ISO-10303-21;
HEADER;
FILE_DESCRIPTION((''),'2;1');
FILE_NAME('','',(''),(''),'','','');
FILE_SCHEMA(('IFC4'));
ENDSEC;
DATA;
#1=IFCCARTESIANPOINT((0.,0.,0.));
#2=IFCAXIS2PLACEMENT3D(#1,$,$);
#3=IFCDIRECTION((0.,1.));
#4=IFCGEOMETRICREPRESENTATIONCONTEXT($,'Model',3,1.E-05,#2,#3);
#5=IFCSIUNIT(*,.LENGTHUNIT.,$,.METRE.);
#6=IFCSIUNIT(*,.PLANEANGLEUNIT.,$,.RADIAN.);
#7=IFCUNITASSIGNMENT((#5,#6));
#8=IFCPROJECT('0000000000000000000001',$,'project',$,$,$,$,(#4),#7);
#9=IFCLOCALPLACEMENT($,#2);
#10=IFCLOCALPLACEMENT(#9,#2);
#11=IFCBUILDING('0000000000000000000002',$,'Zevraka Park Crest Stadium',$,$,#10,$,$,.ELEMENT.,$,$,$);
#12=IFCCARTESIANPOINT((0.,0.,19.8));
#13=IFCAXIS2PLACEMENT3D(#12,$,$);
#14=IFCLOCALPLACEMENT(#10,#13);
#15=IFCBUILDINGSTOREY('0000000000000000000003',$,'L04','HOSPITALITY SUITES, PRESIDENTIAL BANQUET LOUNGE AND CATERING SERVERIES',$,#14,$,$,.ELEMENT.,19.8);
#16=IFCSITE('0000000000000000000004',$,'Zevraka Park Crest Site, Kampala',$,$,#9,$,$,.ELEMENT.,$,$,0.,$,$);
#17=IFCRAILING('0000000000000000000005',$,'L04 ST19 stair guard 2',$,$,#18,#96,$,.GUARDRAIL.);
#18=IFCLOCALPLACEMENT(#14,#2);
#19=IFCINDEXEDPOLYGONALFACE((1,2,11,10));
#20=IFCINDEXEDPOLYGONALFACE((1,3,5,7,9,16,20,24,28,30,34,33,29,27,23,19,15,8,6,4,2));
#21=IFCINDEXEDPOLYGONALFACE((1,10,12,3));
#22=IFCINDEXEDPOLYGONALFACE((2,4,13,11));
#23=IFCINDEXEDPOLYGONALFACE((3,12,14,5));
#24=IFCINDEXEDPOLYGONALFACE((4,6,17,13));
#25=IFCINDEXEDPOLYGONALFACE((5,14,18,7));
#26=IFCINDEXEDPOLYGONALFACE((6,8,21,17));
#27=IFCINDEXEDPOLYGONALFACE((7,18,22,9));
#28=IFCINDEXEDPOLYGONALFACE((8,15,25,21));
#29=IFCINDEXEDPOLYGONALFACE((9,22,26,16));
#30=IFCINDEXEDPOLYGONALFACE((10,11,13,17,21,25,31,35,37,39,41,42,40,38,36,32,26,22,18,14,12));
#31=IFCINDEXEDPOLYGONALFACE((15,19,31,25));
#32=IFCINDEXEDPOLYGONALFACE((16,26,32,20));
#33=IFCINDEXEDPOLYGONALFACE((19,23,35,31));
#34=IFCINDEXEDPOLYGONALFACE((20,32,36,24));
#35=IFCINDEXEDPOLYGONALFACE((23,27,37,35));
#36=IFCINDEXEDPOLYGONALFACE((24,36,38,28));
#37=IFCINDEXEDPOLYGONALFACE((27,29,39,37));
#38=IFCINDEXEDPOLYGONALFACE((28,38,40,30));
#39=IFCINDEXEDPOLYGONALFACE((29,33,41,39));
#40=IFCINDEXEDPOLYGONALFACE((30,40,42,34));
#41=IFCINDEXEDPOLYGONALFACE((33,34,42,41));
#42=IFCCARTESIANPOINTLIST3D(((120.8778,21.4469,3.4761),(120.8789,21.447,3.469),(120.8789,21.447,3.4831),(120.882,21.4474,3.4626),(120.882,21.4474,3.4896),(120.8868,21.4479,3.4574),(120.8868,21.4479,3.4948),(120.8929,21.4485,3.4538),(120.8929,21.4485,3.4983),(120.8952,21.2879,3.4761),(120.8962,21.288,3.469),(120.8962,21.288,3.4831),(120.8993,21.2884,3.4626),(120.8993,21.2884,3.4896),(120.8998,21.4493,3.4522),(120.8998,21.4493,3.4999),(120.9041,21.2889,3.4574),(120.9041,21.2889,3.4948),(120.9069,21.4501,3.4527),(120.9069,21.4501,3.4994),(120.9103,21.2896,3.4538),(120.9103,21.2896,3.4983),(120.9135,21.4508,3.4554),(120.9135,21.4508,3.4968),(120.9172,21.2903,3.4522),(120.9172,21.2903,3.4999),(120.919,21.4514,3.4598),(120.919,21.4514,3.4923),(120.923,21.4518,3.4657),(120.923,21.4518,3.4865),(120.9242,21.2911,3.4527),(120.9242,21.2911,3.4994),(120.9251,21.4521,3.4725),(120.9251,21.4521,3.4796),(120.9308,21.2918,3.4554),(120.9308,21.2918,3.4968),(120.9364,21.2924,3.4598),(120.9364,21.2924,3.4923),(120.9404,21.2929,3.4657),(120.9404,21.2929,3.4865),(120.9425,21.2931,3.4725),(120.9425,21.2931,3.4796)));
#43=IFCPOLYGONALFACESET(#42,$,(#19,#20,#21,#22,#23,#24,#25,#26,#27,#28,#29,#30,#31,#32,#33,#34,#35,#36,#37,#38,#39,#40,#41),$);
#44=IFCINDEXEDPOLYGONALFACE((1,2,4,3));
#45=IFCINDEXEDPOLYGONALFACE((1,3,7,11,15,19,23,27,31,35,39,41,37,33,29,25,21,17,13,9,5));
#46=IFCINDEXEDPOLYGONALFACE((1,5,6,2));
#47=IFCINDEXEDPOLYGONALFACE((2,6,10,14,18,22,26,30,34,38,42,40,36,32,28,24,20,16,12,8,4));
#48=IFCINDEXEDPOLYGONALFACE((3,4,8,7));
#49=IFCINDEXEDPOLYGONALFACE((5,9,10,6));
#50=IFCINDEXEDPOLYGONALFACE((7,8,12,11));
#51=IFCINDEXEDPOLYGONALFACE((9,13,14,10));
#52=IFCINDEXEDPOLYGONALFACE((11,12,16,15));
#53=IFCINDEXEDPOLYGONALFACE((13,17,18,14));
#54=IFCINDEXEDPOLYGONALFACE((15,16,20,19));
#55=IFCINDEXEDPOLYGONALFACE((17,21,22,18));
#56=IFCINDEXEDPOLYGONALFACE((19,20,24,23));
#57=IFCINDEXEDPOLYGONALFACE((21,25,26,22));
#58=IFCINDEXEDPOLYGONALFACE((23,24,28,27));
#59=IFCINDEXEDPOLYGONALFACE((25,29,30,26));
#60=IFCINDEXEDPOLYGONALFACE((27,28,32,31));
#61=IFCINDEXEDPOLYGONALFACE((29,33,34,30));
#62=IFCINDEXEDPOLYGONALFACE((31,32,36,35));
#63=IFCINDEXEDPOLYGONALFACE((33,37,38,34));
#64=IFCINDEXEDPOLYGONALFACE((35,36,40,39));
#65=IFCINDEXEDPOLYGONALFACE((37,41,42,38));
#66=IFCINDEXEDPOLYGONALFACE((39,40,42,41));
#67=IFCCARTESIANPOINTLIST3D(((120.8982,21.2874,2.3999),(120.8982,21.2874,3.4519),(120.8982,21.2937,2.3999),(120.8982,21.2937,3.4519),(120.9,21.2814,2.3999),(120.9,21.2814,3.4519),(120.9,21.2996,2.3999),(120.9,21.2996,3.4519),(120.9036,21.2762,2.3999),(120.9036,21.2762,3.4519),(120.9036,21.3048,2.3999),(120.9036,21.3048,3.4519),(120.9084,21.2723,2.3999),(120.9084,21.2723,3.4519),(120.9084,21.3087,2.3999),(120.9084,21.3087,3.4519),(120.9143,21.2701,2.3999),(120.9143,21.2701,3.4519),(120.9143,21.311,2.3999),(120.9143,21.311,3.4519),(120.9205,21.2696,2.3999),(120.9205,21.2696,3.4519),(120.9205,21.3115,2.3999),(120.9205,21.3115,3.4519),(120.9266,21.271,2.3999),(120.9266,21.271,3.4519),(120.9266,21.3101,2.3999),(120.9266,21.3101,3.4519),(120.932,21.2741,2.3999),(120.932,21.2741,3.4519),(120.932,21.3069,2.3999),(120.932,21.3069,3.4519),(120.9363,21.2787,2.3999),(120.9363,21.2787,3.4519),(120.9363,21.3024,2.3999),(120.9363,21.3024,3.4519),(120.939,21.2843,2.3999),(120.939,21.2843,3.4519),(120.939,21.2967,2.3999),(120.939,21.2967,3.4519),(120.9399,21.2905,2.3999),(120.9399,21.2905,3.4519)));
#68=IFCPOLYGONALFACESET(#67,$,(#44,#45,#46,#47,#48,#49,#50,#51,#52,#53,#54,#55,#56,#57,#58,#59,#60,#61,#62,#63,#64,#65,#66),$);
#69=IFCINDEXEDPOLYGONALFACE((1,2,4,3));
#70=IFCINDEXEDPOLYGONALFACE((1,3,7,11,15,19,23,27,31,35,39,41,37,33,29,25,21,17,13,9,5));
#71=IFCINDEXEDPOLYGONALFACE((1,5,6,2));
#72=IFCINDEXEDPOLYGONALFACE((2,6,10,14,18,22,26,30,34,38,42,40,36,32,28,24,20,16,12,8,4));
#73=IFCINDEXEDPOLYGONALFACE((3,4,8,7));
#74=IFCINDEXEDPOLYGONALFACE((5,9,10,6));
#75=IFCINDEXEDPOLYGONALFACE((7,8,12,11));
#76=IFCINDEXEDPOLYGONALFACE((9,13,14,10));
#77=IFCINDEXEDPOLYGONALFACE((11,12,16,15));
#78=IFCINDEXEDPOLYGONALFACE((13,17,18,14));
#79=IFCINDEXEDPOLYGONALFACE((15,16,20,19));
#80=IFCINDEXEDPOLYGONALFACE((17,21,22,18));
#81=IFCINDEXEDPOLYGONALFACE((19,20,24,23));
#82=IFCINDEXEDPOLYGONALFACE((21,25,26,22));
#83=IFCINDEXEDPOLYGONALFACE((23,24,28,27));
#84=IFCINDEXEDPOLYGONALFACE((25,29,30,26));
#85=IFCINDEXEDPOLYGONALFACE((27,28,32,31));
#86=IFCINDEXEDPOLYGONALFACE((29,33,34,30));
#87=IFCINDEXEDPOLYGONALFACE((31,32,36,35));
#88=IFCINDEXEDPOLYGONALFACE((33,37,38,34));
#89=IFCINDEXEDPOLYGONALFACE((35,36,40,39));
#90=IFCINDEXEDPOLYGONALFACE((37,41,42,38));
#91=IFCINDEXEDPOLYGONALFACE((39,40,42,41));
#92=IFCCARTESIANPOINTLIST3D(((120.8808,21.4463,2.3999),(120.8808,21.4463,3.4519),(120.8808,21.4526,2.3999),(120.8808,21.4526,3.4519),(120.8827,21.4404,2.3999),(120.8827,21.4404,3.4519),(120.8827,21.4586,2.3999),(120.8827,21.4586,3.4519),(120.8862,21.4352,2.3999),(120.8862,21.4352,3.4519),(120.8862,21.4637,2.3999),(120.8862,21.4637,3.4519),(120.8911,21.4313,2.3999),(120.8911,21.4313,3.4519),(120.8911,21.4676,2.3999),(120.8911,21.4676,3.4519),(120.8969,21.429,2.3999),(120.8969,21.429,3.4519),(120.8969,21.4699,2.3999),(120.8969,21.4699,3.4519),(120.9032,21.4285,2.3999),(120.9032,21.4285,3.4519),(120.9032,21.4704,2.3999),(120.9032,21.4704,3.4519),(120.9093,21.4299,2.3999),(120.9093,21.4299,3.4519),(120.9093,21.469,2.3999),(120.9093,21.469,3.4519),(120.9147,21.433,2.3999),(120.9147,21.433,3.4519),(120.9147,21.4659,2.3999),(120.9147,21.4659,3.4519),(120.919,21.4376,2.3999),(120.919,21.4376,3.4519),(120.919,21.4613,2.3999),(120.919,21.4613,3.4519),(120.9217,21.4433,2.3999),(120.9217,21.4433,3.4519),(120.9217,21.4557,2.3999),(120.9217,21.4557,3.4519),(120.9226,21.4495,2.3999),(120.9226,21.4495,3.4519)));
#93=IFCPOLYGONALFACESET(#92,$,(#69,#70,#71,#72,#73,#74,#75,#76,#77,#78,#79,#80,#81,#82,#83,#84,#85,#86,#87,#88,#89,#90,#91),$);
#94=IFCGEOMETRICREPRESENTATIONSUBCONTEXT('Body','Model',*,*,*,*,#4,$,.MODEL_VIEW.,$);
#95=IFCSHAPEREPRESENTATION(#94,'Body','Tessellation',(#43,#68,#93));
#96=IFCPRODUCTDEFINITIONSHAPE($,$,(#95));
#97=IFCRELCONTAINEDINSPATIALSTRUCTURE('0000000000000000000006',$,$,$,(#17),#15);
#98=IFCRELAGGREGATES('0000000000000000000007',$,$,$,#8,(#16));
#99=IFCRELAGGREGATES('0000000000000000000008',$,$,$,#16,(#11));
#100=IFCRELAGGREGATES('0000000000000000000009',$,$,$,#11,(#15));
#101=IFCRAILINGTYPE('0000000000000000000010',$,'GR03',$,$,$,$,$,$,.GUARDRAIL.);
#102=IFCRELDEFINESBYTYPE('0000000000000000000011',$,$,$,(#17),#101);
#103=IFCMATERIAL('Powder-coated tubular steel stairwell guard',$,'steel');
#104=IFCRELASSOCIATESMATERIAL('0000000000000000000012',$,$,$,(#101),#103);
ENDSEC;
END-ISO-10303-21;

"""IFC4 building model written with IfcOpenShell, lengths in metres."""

from ifc_helpers import new_model, si_unit, direction, frame, origin, origin_2d, place, context, subcontext, project, spatial, circle, extrude, material, type_object, element, save


model = new_model("IFC4")

# Units and contexts
model_context = context("Model", 3, precision=1e-05, world=origin(), true_north=direction((0.0, 1.0)))
body_context = subcontext(model_context, "Body", "Model", "MODEL_VIEW")
ifc_project = project(units=[si_unit("LENGTHUNIT", "METRE"), si_unit("PLANEANGLEUNIT", "RADIAN")], contexts=[model_context])

# Site, building, storey
site_placement = place(None, origin())
site = spatial("IfcSite", under=ifc_project, at=site_placement, Name="Zevraka Park Crest Site, Kampala", CompositionType="ELEMENT", RefElevation=0.0)
building_placement = place(site_placement, origin())
building = spatial("IfcBuilding", under=site, at=building_placement, Name="Zevraka Park Crest Stadium", CompositionType="ELEMENT")
storey_placement = place(building_placement, frame((0.0, 0.0, 19.8)))
storey = spatial("IfcBuildingStorey", under=building, at=storey_placement, Name="L04", Description="HOSPITALITY SUITES, PRESIDENTIAL BANQUET LOUNGE AND CATERING SERVERIES", CompositionType="ELEMENT", Elevation=19.8)

# Railing
ifc_material_1 = material(Name="Powder-coated tubular steel stairwell guard", Category="steel")
railing_type_1 = type_object("IfcRailingType", Name="GR03", PredefinedType="GUARDRAIL", material=ifc_material_1)
railing_1_placement = place(storey_placement, frame((120.9189, 21.2905, 2.3999)))
element("IfcRailing", 1, at=railing_1_placement, inside=storey, type_object=railing_type_1, Name="L04 ST19 stair guard 2", PredefinedType="GUARDRAIL", context=body_context, shape_type="SweptSolid", body=[
    extrude(circle(Radius=0.0239, at=origin_2d()), frame((0.0, 0.0, 1.0762), z_axis=(-0.10842, 0.994105, 0.0), x_axis=(-0.994105, -0.10842, 0.0)), (0.0, 0.0, 1.0), 0.1599),
    extrude(circle(Radius=0.021, at=origin_2d()), origin(), (0.0, 0.0, 1.0), 1.052),
    extrude(circle(Radius=0.021, at=origin_2d()), frame((-0.0173, 0.1589, 0.0)), (0.0, 0.0, 1.0), 1.052),
])

save(model, "model.ifc")
